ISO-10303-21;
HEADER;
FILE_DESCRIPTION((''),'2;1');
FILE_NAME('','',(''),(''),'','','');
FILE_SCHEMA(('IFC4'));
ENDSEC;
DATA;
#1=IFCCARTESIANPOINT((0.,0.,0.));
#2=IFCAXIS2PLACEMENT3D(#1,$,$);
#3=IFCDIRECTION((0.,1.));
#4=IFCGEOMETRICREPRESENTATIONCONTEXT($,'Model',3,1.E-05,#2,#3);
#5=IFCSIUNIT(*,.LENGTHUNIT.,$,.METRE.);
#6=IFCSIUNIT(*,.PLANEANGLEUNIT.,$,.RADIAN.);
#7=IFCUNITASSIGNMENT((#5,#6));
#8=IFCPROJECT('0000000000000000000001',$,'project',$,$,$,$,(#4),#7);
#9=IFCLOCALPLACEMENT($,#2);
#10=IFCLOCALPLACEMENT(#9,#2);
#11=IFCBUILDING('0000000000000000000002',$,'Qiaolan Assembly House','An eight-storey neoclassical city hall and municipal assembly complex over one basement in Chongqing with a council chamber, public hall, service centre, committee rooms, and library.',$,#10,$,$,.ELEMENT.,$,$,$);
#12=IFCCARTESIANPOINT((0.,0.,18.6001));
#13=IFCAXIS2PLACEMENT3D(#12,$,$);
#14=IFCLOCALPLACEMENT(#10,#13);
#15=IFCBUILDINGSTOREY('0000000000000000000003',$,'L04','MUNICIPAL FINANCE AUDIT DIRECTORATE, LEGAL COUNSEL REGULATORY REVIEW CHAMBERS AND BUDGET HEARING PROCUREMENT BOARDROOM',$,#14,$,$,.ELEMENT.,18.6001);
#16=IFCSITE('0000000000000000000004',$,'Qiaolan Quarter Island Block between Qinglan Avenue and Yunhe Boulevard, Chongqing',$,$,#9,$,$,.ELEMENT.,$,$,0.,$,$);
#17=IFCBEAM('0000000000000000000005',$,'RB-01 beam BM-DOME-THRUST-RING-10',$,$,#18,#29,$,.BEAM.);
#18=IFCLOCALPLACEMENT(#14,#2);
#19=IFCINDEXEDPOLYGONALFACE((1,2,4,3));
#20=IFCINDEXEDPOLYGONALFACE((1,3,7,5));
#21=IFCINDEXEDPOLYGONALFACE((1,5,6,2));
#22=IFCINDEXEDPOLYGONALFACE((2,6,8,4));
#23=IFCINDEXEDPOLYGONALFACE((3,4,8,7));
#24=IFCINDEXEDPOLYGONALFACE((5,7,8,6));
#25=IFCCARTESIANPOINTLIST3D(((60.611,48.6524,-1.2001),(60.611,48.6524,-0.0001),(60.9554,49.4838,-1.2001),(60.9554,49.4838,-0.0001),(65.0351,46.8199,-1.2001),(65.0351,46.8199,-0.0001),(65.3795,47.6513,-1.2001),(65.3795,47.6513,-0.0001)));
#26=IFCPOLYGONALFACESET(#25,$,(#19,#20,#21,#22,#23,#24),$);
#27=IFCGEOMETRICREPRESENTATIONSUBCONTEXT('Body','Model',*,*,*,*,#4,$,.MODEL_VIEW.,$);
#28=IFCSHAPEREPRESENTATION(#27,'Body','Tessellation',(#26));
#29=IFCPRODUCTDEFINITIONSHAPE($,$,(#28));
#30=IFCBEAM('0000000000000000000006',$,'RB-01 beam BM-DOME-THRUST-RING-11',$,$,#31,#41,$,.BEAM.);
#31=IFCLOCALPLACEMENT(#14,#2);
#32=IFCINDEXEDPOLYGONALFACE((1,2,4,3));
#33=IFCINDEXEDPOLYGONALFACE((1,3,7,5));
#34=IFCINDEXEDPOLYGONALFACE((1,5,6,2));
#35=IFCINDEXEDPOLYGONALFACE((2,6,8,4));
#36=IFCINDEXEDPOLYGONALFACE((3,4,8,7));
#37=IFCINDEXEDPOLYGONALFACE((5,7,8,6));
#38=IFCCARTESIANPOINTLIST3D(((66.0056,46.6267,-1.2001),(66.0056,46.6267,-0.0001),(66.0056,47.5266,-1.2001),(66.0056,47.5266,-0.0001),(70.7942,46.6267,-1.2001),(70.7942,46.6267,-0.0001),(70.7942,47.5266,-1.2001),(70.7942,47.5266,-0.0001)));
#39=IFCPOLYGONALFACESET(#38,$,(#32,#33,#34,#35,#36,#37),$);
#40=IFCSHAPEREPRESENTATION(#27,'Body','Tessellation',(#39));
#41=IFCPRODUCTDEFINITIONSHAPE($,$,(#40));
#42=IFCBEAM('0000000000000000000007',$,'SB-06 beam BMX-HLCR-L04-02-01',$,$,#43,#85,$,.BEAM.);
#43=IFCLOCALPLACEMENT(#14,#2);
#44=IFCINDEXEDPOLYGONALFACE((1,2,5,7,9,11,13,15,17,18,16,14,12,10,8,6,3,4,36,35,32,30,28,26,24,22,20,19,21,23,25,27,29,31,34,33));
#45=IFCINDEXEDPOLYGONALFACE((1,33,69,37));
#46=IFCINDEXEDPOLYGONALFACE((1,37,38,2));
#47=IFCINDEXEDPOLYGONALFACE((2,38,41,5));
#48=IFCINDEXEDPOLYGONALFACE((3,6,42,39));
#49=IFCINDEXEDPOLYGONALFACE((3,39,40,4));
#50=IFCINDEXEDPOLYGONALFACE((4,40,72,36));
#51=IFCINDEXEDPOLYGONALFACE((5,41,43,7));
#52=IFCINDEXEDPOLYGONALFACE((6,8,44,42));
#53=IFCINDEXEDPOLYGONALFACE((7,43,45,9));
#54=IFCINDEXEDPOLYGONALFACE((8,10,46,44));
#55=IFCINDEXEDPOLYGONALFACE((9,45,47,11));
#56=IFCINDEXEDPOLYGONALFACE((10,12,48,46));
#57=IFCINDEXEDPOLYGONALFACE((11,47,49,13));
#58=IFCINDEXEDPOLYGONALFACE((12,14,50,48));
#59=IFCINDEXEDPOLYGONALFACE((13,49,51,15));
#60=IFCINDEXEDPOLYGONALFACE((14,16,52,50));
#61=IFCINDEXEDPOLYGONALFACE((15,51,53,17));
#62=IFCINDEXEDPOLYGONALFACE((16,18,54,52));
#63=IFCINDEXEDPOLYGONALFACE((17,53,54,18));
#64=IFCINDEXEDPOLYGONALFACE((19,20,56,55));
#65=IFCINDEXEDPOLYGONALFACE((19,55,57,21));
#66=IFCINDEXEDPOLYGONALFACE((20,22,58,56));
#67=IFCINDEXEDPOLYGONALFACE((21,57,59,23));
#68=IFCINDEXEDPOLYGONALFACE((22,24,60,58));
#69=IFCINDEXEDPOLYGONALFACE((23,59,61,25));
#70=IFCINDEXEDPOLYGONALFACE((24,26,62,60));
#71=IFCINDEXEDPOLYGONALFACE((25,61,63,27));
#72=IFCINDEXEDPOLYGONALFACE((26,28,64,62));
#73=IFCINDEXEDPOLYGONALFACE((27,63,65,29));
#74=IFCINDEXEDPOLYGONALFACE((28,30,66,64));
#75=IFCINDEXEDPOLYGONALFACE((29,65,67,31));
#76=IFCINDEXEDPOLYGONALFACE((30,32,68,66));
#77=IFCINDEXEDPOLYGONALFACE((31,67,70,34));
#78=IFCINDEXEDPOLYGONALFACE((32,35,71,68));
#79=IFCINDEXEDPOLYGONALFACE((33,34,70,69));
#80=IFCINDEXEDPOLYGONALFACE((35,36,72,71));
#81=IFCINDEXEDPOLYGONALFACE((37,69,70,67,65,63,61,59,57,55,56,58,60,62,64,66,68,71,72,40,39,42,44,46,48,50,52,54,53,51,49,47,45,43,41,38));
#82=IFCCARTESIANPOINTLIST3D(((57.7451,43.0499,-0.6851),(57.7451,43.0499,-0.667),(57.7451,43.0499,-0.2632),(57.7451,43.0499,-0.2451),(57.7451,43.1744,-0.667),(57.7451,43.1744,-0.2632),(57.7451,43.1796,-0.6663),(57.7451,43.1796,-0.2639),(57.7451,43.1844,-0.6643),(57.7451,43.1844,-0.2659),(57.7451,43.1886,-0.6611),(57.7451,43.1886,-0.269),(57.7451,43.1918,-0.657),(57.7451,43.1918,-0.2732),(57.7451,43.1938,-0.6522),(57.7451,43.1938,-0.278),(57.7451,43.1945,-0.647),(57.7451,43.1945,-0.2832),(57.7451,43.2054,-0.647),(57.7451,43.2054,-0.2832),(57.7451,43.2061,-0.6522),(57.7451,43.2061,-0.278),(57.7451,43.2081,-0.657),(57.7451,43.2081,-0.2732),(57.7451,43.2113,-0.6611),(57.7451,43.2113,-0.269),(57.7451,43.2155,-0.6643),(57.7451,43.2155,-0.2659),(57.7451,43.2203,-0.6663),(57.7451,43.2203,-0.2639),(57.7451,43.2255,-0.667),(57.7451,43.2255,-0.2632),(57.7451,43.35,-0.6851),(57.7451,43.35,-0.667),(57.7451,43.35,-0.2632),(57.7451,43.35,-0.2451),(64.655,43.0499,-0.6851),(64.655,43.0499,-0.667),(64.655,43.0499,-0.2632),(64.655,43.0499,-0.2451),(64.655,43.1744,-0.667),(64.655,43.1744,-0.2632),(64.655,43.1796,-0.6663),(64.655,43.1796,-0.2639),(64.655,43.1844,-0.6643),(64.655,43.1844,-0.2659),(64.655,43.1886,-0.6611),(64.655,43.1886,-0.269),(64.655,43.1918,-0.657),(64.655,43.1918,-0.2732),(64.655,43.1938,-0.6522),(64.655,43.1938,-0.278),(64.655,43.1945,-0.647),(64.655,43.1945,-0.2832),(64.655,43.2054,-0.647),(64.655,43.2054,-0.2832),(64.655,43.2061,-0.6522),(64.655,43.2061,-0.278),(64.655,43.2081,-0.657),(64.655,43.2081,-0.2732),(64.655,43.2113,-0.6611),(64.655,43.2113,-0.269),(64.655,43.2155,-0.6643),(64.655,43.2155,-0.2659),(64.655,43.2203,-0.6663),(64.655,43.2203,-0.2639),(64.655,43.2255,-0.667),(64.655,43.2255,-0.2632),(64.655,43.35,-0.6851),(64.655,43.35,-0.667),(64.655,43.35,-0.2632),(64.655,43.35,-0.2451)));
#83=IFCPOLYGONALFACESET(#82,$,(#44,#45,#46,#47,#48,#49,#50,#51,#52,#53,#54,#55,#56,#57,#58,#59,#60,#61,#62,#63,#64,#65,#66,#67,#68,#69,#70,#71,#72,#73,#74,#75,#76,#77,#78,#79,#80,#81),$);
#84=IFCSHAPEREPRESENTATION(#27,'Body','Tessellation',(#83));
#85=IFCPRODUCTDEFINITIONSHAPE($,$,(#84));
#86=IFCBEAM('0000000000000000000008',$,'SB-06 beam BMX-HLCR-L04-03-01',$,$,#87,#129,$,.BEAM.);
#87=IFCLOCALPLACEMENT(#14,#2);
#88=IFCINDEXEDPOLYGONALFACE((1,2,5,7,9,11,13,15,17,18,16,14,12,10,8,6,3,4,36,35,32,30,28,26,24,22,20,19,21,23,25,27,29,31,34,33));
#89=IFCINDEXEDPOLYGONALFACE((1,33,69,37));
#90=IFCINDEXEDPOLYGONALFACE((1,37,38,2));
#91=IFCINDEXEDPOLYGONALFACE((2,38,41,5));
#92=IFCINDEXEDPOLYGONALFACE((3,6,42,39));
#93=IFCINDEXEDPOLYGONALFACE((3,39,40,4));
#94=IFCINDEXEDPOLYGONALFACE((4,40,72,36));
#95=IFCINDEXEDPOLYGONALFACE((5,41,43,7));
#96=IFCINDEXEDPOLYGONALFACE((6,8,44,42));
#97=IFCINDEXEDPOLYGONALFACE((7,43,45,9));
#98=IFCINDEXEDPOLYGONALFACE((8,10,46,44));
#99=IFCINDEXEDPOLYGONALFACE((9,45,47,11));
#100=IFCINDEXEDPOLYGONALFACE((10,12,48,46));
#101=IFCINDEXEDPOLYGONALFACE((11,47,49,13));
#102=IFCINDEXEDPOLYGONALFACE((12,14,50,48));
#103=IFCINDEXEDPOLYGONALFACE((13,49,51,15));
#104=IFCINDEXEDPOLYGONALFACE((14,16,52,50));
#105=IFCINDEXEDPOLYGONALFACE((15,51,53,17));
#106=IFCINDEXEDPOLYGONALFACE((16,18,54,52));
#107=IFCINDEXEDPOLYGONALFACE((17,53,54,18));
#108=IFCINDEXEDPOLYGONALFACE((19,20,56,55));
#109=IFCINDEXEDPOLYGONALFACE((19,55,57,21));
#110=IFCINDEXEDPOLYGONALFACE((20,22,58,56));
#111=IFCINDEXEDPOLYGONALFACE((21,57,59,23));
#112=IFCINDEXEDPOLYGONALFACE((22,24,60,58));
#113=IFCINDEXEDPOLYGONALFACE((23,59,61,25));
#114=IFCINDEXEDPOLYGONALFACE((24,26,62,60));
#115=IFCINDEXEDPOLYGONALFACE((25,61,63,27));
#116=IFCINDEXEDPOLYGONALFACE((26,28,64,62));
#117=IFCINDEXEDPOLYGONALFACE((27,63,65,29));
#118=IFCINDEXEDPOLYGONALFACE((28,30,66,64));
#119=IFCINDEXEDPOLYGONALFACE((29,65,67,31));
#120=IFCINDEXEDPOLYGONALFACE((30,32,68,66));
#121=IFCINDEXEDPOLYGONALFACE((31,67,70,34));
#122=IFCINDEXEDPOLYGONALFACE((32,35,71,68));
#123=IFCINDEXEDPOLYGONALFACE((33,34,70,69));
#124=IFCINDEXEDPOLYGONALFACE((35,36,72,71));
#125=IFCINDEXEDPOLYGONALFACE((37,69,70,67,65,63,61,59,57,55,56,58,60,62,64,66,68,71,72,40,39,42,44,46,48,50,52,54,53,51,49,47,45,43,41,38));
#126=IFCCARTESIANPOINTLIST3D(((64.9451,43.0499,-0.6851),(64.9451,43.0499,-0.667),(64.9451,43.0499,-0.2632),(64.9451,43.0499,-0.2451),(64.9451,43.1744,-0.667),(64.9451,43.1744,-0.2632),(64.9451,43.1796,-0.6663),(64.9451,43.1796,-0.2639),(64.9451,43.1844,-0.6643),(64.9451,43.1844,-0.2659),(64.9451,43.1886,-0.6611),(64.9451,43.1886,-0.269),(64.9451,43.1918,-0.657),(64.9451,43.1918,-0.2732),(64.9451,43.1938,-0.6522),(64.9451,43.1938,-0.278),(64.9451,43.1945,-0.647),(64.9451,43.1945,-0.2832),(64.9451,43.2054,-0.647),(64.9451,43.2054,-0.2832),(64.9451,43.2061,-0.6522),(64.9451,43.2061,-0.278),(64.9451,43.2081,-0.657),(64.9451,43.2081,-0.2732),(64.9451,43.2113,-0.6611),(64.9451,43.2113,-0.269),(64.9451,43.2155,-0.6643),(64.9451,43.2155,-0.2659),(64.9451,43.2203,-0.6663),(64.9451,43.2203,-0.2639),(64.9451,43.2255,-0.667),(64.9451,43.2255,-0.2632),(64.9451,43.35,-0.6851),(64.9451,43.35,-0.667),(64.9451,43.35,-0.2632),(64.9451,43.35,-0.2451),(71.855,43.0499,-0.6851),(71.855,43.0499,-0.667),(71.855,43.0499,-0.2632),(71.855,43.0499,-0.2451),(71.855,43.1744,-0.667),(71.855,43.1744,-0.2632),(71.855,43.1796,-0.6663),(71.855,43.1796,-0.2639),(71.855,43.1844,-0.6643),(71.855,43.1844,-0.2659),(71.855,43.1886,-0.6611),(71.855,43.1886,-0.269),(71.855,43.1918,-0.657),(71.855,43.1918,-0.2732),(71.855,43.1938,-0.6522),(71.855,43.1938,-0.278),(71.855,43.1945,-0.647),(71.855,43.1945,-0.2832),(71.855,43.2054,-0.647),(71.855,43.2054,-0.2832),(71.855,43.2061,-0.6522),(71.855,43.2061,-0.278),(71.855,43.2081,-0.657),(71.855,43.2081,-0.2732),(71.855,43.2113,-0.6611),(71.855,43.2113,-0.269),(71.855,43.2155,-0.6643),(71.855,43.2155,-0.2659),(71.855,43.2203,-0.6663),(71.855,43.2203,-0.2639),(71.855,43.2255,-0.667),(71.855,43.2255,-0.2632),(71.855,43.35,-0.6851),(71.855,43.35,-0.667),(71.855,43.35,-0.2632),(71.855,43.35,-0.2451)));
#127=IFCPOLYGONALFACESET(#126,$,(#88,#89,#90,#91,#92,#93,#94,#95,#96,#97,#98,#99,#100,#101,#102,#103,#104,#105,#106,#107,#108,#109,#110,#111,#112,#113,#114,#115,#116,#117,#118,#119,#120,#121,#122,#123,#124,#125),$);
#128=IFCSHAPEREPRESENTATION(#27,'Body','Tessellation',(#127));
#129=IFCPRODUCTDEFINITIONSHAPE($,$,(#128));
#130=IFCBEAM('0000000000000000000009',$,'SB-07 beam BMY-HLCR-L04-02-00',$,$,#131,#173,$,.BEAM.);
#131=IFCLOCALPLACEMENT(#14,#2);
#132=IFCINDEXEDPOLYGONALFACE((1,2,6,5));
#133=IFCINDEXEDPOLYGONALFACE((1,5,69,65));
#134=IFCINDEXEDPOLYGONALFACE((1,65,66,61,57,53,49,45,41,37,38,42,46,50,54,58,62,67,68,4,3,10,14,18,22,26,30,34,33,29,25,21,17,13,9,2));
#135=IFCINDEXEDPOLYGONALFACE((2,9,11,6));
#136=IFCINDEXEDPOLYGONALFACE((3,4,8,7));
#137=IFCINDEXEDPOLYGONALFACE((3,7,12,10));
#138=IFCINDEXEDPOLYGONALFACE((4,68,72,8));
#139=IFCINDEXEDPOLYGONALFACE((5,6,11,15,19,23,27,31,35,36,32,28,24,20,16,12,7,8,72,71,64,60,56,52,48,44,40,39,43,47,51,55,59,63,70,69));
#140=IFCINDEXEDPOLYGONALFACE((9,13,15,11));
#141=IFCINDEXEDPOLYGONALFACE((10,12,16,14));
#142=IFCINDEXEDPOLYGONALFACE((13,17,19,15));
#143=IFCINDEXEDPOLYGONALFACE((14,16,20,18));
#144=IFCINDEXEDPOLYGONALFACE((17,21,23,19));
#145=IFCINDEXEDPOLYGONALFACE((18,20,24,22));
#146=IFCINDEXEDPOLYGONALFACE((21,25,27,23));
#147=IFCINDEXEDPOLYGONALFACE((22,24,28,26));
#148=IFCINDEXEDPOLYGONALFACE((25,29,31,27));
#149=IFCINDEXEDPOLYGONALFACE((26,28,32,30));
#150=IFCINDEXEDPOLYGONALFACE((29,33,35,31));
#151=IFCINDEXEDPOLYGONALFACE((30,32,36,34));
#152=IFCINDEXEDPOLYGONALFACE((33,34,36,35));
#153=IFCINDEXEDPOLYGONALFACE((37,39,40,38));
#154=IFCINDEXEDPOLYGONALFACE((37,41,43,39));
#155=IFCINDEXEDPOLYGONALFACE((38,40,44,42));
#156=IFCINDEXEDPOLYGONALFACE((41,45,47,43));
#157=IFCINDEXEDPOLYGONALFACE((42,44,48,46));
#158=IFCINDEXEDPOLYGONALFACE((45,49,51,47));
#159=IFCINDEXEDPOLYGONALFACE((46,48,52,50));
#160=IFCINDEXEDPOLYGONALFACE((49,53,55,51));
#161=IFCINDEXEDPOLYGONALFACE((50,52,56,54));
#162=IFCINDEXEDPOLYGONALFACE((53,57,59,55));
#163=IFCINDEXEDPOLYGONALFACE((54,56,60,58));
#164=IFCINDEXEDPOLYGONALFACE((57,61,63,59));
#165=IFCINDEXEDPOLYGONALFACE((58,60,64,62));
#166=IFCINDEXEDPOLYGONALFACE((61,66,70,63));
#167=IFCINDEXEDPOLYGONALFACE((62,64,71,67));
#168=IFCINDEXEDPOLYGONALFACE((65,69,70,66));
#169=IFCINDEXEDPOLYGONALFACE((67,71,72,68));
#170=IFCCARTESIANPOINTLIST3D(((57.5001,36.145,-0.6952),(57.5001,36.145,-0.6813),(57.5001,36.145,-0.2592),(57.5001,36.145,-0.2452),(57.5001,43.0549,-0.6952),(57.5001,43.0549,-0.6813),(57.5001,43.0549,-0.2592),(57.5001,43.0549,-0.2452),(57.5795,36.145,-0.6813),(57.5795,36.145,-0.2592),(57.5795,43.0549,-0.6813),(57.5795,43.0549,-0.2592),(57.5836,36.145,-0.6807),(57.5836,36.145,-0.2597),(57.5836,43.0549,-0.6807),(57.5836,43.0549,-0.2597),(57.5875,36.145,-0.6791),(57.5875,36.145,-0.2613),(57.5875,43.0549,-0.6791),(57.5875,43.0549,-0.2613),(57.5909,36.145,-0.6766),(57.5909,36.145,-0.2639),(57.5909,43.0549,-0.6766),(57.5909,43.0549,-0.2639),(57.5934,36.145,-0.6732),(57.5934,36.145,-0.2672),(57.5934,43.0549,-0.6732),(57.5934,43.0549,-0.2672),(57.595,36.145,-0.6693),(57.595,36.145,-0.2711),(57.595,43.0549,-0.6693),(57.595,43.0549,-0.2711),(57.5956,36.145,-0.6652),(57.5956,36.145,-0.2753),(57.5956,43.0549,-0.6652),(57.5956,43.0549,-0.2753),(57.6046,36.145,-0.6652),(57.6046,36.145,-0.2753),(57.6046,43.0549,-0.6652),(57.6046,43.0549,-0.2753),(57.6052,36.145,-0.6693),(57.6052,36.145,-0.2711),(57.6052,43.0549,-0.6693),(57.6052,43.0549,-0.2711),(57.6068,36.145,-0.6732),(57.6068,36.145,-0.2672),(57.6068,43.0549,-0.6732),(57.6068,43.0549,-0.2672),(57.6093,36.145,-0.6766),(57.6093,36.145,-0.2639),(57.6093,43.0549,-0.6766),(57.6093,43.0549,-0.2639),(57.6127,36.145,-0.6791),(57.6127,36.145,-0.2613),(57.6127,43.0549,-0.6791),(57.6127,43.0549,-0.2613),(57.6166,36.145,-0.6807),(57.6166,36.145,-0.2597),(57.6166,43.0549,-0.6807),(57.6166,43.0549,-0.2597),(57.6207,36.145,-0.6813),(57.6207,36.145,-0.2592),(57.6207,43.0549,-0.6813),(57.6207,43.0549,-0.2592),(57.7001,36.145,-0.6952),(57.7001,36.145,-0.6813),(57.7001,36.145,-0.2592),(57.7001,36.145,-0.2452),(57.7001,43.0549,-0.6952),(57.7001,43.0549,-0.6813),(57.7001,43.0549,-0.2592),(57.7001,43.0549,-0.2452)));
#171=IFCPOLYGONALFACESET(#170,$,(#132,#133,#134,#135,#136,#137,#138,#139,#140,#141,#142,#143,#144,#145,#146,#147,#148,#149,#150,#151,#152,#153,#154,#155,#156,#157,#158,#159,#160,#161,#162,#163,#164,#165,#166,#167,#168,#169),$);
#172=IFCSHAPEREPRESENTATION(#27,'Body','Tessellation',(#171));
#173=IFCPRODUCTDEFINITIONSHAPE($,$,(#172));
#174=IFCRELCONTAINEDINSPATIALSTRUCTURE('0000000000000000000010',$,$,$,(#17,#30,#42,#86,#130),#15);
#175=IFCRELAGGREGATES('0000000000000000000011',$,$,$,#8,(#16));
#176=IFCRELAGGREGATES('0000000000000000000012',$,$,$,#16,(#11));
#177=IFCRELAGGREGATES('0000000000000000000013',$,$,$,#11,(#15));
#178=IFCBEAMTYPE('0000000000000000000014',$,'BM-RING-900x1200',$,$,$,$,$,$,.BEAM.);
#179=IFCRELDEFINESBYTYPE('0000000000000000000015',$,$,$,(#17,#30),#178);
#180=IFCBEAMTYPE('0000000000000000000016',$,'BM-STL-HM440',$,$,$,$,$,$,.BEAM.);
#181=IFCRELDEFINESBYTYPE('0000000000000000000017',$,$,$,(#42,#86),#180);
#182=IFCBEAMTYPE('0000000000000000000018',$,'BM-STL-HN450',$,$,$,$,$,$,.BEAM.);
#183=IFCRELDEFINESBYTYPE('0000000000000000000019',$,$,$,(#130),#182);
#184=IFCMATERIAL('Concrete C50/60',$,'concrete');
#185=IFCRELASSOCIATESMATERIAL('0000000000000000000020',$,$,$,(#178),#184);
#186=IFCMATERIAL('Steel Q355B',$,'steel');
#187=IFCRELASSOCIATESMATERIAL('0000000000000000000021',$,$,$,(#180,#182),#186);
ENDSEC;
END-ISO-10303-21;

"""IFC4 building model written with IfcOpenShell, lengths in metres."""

from ifc_helpers import new_model, si_unit, direction, frame, origin, origin_2d, place, context, subcontext, project, spatial, rectangle, i_section, extrude, material, material_profile, profile_set, type_object, element, save


model = new_model("IFC4")

# Units and contexts
model_context = context("Model", 3, precision=1e-05, world=origin(), true_north=direction((0.0, 1.0)))
body_context = subcontext(model_context, "Body", "Model", "MODEL_VIEW")
ifc_project = project(units=[si_unit("LENGTHUNIT", "METRE"), si_unit("PLANEANGLEUNIT", "RADIAN")], contexts=[model_context])

# Site, building, storey
site_placement = place(None, origin())
site = spatial("IfcSite", under=ifc_project, at=site_placement, Name="Qiaolan Quarter Island Block between Qinglan Avenue and Yunhe Boulevard, Chongqing", CompositionType="ELEMENT", RefElevation=0.0)
building_placement = place(site_placement, origin())
building = spatial("IfcBuilding", under=site, at=building_placement, Name="Qiaolan Assembly House", Description="An eight-storey neoclassical city hall and municipal assembly complex over one basement in Chongqing with a council chamber, public hall, service centre, committee rooms, and library.", CompositionType="ELEMENT")
storey_placement = place(building_placement, frame((0.0, 0.0, 18.6001)))
storey = spatial("IfcBuildingStorey", under=building, at=storey_placement, Name="L04", Description="MUNICIPAL FINANCE AUDIT DIRECTORATE, LEGAL COUNSEL REGULATORY REVIEW CHAMBERS AND BUDGET HEARING PROCUREMENT BOARDROOM", CompositionType="ELEMENT", Elevation=18.6001)

# Beams
ifc_material_1 = material(Name="Concrete C50/60", Category="concrete")
ifc_material_profile_1 = material_profile(ifc_material_1, rectangle(XDim=0.8999, YDim=1.2, at=origin_2d()), Name="RCB 900x1200")
ifc_profile_set_1 = profile_set([ifc_material_profile_1], Name="Concrete C50/60")
beam_type_1 = type_object("IfcBeamType", Name="BM-RING-900x1200", PredefinedType="BEAM", material=ifc_profile_set_1)
for number, where, z_axis, x_axis, name in (
    (1, (60.7832, 49.0681, -0.6001), (0.923879, -0.382685, 0.0), (0.382685, 0.923879, 0.0), "RB-01 beam BM-DOME-THRUST-RING-10"),
    (2, (66.0056, 47.0767, -0.6001), (1.0, 0.0, 0.0), (0.0, 1.0, 0.0), "RB-01 beam BM-DOME-THRUST-RING-11"),
):
    element("IfcBeam", number, at=place(storey_placement, frame(where, z_axis=z_axis, x_axis=x_axis)), inside=storey, type_object=beam_type_1, Name=name, PredefinedType="BEAM", context=body_context, shape_type="SweptSolid", body=[
        extrude(rectangle(XDim=0.8999, YDim=1.2, at=origin_2d()), origin(), (0.0, 0.0, 1.0), 4.7886),
    ])
ifc_material_2 = material(Name="Steel Q355B", Category="steel")
ifc_material_profile_2 = material_profile(ifc_material_2, i_section(OverallWidth=0.3, OverallDepth=0.4399, WebThickness=0.011, FlangeThickness=0.0181, FilletRadius=0.02, at=origin_2d()), Name="HM 440x300x11x18")
ifc_profile_set_2 = profile_set([ifc_material_profile_2], Name="Steel Q355B")
beam_type_2 = type_object("IfcBeamType", Name="BM-STL-HM440", PredefinedType="BEAM", material=ifc_profile_set_2)
for number, where, z_axis, x_axis, name in (
    (3, (57.7451, 43.2, -0.4651), (1.0, 0.0, 0.0), (0.0, 1.0, 0.0), "SB-06 beam BMX-HLCR-L04-02-01"),
    (4, (64.9451, 43.2, -0.4651), (1.0, 0.0, 0.0), (0.0, 1.0, 0.0), "SB-06 beam BMX-HLCR-L04-03-01"),
):
    element("IfcBeam", number, at=place(storey_placement, frame(where, z_axis=z_axis, x_axis=x_axis)), inside=storey, type_object=beam_type_2, Name=name, PredefinedType="BEAM", context=body_context, shape_type="SweptSolid", body=[
        extrude(i_section(OverallWidth=0.3, OverallDepth=0.4399, WebThickness=0.011, FlangeThickness=0.0181, FilletRadius=0.02, at=origin_2d()), origin(), (0.0, 0.0, 1.0), 6.9099),
    ])
ifc_material_profile_3 = material_profile(ifc_material_2, i_section(OverallWidth=0.2, OverallDepth=0.45, WebThickness=0.009, FlangeThickness=0.0139, FilletRadius=0.0161, at=origin_2d()), Name="HN 450x200x9x14")
ifc_profile_set_3 = profile_set([ifc_material_profile_3], Name="Steel Q355B")
beam_type_3 = type_object("IfcBeamType", Name="BM-STL-HN450", PredefinedType="BEAM", material=ifc_profile_set_3)
for number, where, z_axis, x_axis, name in (
    (5, (57.6001, 36.145, -0.4702), (0.0, 1.0, 0.0), (-1.0, 0.0, 0.0), "SB-07 beam BMY-HLCR-L04-02-00"),
):
    element("IfcBeam", number, at=place(storey_placement, frame(where, z_axis=z_axis, x_axis=x_axis)), inside=storey, type_object=beam_type_3, Name=name, PredefinedType="BEAM", context=body_context, shape_type="SweptSolid", body=[
        extrude(i_section(OverallWidth=0.2, OverallDepth=0.45, WebThickness=0.009, FlangeThickness=0.0139, FilletRadius=0.0161, at=origin_2d()), origin(), (0.0, 0.0, 1.0), 6.9099),
    ])

save(model, "model.ifc")
